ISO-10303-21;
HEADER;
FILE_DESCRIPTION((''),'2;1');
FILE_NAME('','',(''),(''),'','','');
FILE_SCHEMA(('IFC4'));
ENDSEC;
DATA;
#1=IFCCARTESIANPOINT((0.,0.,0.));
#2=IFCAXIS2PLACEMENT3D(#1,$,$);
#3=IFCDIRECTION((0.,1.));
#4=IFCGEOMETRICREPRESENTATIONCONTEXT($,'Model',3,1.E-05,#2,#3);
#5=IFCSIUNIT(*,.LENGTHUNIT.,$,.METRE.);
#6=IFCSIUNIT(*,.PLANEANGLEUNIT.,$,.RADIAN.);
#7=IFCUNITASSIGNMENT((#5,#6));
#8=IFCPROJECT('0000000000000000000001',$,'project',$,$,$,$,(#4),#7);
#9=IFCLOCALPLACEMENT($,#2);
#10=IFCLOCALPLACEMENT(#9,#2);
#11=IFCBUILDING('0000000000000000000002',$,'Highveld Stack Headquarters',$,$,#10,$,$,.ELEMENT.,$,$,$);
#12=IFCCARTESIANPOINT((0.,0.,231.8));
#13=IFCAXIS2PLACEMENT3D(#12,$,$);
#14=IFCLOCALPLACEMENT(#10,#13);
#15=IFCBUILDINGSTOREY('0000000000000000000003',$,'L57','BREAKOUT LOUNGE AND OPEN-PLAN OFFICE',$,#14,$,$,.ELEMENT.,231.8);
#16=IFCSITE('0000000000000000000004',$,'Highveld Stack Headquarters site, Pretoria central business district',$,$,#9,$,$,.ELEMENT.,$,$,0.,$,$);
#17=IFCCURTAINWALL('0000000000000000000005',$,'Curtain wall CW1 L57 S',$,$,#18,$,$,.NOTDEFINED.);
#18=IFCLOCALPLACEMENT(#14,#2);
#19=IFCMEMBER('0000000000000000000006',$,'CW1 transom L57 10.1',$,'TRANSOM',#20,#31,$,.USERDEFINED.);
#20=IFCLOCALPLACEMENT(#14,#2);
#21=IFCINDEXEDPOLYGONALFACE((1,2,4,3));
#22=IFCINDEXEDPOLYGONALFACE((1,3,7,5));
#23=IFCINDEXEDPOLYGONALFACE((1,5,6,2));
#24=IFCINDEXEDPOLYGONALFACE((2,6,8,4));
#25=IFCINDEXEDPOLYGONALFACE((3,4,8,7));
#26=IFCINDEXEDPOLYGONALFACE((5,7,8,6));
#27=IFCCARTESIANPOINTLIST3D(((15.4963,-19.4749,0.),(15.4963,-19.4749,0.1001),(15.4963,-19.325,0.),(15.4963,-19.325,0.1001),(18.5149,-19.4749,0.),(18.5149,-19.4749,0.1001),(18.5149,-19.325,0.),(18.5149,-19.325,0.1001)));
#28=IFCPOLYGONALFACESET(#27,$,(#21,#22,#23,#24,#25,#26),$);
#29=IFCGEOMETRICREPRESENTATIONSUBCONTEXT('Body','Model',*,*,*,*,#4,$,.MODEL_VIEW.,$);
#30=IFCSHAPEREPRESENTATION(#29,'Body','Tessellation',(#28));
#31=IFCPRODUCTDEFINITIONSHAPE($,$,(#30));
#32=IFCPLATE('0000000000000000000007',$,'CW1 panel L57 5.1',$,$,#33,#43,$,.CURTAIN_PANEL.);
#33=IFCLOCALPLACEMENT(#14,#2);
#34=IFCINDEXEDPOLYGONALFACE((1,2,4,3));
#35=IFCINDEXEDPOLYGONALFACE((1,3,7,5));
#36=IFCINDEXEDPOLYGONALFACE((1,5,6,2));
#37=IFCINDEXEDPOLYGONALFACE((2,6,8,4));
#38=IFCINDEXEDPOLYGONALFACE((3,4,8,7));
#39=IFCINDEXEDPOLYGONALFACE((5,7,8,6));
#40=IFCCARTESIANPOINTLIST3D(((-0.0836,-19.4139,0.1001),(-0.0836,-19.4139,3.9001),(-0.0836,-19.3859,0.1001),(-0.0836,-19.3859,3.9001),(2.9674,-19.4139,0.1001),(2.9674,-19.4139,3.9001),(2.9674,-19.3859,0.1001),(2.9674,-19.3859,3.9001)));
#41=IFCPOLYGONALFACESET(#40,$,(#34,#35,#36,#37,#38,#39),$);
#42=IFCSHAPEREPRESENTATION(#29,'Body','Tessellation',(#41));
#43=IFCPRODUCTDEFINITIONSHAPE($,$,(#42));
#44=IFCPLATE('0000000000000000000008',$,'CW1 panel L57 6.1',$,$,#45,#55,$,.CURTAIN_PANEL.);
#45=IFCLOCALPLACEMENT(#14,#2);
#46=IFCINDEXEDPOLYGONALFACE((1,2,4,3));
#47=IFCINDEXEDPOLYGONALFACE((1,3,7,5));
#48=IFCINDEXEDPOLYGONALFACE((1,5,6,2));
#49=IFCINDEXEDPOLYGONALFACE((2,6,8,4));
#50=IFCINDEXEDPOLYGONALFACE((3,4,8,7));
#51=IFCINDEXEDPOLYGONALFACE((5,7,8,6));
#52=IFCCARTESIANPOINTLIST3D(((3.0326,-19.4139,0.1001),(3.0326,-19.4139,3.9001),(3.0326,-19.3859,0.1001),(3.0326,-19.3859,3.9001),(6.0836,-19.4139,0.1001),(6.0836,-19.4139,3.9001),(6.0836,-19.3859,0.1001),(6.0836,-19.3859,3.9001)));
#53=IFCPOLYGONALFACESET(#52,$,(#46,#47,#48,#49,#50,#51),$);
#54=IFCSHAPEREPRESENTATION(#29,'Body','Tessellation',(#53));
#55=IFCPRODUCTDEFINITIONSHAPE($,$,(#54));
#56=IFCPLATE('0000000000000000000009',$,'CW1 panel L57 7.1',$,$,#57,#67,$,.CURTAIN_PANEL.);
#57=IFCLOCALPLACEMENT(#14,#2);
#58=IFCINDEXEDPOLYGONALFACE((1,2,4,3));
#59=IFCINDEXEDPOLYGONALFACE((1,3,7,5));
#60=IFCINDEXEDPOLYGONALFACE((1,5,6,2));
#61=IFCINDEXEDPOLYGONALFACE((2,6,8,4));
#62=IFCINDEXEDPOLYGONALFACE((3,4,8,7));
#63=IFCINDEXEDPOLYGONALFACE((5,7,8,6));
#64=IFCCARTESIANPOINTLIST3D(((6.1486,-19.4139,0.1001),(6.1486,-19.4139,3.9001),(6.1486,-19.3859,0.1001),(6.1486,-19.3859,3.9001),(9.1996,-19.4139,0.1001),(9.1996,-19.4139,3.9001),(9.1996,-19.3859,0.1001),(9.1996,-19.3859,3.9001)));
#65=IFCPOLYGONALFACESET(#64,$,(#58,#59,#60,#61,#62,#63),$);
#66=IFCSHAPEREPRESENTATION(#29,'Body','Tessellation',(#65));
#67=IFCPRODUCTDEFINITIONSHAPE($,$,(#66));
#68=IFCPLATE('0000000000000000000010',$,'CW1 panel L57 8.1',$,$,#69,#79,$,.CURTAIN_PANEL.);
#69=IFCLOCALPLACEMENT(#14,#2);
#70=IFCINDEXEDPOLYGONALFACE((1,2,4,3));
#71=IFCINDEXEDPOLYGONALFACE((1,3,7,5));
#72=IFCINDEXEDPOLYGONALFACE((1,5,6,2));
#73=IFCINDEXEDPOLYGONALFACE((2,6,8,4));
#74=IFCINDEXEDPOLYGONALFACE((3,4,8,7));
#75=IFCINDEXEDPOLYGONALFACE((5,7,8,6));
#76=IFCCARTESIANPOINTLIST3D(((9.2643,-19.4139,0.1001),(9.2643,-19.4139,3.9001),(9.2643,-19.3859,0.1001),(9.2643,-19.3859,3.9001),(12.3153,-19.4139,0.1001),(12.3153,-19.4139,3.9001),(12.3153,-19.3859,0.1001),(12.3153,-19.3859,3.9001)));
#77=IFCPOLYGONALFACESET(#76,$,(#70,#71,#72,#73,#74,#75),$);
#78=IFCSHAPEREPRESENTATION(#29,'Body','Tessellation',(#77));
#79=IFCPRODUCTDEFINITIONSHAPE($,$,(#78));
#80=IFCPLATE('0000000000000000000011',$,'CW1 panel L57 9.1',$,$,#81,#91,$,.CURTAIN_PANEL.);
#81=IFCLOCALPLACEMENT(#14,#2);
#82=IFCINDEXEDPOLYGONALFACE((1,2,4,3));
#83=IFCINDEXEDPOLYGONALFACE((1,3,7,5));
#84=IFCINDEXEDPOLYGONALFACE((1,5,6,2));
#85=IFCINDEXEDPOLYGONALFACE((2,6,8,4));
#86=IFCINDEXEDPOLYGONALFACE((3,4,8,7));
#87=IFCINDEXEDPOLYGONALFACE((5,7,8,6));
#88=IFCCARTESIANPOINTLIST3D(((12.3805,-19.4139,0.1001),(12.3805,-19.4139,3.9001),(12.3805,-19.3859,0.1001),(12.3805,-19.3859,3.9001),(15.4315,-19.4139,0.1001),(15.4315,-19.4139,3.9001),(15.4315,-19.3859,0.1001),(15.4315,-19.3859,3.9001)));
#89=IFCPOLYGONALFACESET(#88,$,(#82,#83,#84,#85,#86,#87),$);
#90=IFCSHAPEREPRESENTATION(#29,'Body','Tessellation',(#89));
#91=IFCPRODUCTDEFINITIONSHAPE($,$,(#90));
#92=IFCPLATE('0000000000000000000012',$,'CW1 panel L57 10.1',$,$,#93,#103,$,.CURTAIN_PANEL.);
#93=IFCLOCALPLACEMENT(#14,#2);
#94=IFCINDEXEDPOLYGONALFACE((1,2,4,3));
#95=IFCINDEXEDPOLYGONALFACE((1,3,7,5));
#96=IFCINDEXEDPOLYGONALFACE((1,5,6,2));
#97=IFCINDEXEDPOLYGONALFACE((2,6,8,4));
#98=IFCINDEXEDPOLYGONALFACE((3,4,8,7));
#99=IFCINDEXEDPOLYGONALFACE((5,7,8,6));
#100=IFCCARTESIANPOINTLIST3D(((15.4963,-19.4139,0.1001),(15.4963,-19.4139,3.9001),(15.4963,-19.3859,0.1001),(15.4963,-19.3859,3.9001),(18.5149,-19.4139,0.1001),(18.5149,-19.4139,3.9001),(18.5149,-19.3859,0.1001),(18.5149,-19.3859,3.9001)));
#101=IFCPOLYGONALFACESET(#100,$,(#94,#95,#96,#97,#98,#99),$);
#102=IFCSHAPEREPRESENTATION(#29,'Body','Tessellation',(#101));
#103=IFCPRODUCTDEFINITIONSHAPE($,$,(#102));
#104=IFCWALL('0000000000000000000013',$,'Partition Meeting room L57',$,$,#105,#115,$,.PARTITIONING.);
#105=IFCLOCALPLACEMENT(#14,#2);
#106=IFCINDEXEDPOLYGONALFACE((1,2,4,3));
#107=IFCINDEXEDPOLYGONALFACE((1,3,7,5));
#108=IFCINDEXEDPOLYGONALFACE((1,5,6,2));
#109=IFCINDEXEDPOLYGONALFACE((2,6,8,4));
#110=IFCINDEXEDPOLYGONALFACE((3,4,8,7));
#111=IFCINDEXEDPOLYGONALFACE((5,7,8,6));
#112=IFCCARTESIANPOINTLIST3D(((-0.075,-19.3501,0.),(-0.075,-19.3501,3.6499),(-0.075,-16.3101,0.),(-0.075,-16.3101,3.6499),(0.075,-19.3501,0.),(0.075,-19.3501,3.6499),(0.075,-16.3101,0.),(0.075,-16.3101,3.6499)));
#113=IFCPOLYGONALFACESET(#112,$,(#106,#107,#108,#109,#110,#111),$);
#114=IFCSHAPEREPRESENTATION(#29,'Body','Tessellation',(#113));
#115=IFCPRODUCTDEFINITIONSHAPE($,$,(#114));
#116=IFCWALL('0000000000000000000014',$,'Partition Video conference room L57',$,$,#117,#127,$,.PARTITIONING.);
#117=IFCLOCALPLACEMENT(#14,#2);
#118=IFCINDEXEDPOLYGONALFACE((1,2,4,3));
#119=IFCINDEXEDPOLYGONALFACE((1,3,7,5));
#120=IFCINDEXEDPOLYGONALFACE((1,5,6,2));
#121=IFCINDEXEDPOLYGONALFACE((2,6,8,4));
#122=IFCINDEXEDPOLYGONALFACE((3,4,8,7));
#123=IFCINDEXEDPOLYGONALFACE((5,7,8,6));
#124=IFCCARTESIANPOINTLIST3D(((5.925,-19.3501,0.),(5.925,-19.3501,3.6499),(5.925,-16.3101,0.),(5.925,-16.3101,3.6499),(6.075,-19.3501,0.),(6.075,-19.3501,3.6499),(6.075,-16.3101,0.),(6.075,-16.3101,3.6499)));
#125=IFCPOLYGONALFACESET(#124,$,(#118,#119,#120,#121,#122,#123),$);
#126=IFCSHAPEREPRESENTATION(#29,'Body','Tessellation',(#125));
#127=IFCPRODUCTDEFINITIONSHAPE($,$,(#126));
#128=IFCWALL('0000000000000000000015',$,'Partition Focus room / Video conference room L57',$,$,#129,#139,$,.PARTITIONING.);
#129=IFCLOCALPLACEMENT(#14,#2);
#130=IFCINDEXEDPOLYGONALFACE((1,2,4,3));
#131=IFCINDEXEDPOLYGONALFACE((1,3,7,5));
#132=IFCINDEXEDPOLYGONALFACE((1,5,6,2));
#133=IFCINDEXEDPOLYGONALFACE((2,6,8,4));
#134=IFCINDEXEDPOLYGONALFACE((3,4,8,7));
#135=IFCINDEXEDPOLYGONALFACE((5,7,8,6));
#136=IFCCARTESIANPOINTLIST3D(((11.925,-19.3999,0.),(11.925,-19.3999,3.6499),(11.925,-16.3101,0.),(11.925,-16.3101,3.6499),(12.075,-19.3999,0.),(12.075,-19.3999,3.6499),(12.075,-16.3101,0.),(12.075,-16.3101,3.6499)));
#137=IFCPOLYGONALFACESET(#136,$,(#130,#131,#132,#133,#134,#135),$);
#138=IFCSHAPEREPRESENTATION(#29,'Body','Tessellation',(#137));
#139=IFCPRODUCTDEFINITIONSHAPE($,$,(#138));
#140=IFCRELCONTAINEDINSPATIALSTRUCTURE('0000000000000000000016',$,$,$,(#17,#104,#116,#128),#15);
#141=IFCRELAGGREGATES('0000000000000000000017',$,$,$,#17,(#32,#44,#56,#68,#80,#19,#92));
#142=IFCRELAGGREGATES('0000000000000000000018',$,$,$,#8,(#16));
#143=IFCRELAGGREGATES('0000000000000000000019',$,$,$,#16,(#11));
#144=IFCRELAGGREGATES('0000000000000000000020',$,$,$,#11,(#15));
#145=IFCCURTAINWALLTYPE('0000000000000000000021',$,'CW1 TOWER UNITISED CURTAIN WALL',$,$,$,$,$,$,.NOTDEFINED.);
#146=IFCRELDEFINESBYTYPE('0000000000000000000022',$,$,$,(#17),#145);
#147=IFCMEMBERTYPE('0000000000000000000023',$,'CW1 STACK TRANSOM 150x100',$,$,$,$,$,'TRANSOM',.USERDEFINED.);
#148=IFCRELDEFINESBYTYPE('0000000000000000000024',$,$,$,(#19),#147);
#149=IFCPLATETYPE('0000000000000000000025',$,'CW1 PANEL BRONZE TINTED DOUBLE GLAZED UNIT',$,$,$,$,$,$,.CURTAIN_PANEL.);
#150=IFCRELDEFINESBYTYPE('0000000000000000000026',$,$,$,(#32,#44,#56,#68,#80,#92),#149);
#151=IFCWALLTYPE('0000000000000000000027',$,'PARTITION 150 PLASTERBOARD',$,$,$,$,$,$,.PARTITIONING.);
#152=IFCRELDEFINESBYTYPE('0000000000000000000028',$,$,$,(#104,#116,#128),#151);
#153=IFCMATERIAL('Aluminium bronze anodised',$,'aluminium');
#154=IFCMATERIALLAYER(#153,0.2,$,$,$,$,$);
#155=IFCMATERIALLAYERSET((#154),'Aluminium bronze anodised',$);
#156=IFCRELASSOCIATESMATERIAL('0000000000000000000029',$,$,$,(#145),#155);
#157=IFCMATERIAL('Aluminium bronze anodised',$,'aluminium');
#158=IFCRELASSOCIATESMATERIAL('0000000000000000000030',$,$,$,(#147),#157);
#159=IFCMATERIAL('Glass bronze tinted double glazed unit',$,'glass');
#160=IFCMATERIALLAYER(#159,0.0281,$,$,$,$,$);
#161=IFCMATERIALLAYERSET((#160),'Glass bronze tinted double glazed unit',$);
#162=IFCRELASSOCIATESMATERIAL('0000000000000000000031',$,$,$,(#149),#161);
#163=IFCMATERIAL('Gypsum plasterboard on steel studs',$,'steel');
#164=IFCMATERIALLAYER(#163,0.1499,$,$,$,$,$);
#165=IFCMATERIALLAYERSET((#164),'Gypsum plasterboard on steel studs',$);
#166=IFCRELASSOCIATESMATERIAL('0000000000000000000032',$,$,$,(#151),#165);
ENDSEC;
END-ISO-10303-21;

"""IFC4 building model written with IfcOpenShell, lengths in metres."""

from ifc_helpers import new_model, si_unit, direction, frame, frame_2d, origin, origin_2d, place, context, subcontext, project, spatial, rectangle, extrude, material, layer, layer_set, material_profile, profile_set, type_object, element, aggregate, save


model = new_model("IFC4")

# Units and contexts
model_context = context("Model", 3, precision=1e-05, world=origin(), true_north=direction((0.0, 1.0)))
body_context = subcontext(model_context, "Body", "Model", "MODEL_VIEW")
ifc_project = project(units=[si_unit("LENGTHUNIT", "METRE"), si_unit("PLANEANGLEUNIT", "RADIAN")], contexts=[model_context])

# Site, building, storey
site_placement = place(None, origin())
site = spatial("IfcSite", under=ifc_project, at=site_placement, Name="Highveld Stack Headquarters site, Pretoria central business district", CompositionType="ELEMENT", RefElevation=0.0)
building_placement = place(site_placement, origin())
building = spatial("IfcBuilding", under=site, at=building_placement, Name="Highveld Stack Headquarters", CompositionType="ELEMENT")
storey_placement = place(building_placement, frame((0.0, 0.0, 231.8)))
storey = spatial("IfcBuildingStorey", under=building, at=storey_placement, Name="L57", Description="BREAKOUT LOUNGE AND OPEN-PLAN OFFICE", CompositionType="ELEMENT", Elevation=231.8)

# Curtain wall, member, plates
ifc_material_1 = material(Name="Aluminium bronze anodised", Category="aluminium")
ifc_layer_1 = layer(ifc_material_1, 0.2)
ifc_layer_set_1 = layer_set([ifc_layer_1], Name="Aluminium bronze anodised")
curtain_wall_type = type_object("IfcCurtainWallType", Name="CW1 TOWER UNITISED CURTAIN WALL", PredefinedType="NOTDEFINED", material=ifc_layer_set_1)
curtain_wall_placement = place(storey_placement, origin())
curtain_wall = element("IfcCurtainWall", 1, at=curtain_wall_placement, inside=storey, type_object=curtain_wall_type, Name="Curtain wall CW1 L57 S", PredefinedType="NOTDEFINED")
ifc_material_2 = material(Name="Aluminium bronze anodised", Category="aluminium")
ifc_material_profile_1 = material_profile(ifc_material_2, rectangle(XDim=0.1499, YDim=0.1001, at=origin_2d()), Name="CW1 TRANSOM 150x100")
ifc_profile_set_1 = profile_set([ifc_material_profile_1], Name="Aluminium bronze anodised")
member_type_1 = type_object("IfcMemberType", Name="CW1 STACK TRANSOM 150x100", ElementType="TRANSOM", PredefinedType="USERDEFINED", material=ifc_profile_set_1)
member_1_placement = place(storey_placement, frame((15.4963, -19.3999, 0.05), z_axis=(1.0, 0.0, 0.0), x_axis=(0.0, 1.0, 0.0)))
member_1 = element("IfcMember", 2, at=member_1_placement, type_object=member_type_1, Name="CW1 transom L57 10.1", ObjectType="TRANSOM", PredefinedType="USERDEFINED", context=body_context, shape_type="SweptSolid", body=[
    extrude(rectangle(XDim=0.1499, YDim=0.1001, at=origin_2d()), origin(), (0.0, 0.0, 1.0), 3.0186),
])
ifc_material_3 = material(Name="Glass bronze tinted double glazed unit", Category="glass")
ifc_layer_2 = layer(ifc_material_3, 0.0281)
ifc_layer_set_2 = layer_set([ifc_layer_2], Name="Glass bronze tinted double glazed unit")
plate_type = type_object("IfcPlateType", Name="CW1 PANEL BRONZE TINTED DOUBLE GLAZED UNIT", PredefinedType="CURTAIN_PANEL", material=ifc_layer_set_2)
plate_1_placement = place(storey_placement, frame((1.4419, -19.3999, 0.1001), z_axis=(0.0, 0.0, 1.0), x_axis=(1.0, 0.0, 0.0)))
plate_1 = element("IfcPlate", 3, at=plate_1_placement, type_object=plate_type, Name="CW1 panel L57 5.1", PredefinedType="CURTAIN_PANEL", context=body_context, shape_type="SweptSolid", body=[
    extrude(rectangle(XDim=3.051, YDim=0.0281, at=origin_2d()), origin(), (0.0, 0.0, 1.0), 3.8),
])
plate_2_placement = place(storey_placement, frame((4.5581, -19.3999, 0.1001), z_axis=(0.0, 0.0, 1.0), x_axis=(1.0, 0.0, 0.0)))
plate_2 = element("IfcPlate", 4, at=plate_2_placement, type_object=plate_type, Name="CW1 panel L57 6.1", PredefinedType="CURTAIN_PANEL", context=body_context, shape_type="SweptSolid", body=[
    extrude(rectangle(XDim=3.051, YDim=0.0281, at=origin_2d()), origin(), (0.0, 0.0, 1.0), 3.8),
])
plate_3_placement = place(storey_placement, frame((7.6741, -19.3999, 0.1001), z_axis=(0.0, 0.0, 1.0), x_axis=(1.0, 0.0, 0.0)))
plate_3 = element("IfcPlate", 5, at=plate_3_placement, type_object=plate_type, Name="CW1 panel L57 7.1", PredefinedType="CURTAIN_PANEL", context=body_context, shape_type="SweptSolid", body=[
    extrude(rectangle(XDim=3.051, YDim=0.0281, at=origin_2d()), origin(), (0.0, 0.0, 1.0), 3.8),
])
plate_4_placement = place(storey_placement, frame((10.7898, -19.3999, 0.1001), z_axis=(0.0, 0.0, 1.0), x_axis=(1.0, 0.0, 0.0)))
plate_4 = element("IfcPlate", 6, at=plate_4_placement, type_object=plate_type, Name="CW1 panel L57 8.1", PredefinedType="CURTAIN_PANEL", context=body_context, shape_type="SweptSolid", body=[
    extrude(rectangle(XDim=3.051, YDim=0.0281, at=origin_2d()), origin(), (0.0, 0.0, 1.0), 3.8),
])
plate_5_placement = place(storey_placement, frame((13.906, -19.3999, 0.1001), z_axis=(0.0, 0.0, 1.0), x_axis=(1.0, 0.0, 0.0)))
plate_5 = element("IfcPlate", 7, at=plate_5_placement, type_object=plate_type, Name="CW1 panel L57 9.1", PredefinedType="CURTAIN_PANEL", context=body_context, shape_type="SweptSolid", body=[
    extrude(rectangle(XDim=3.051, YDim=0.0281, at=origin_2d()), origin(), (0.0, 0.0, 1.0), 3.8),
])
plate_6_placement = place(storey_placement, frame((17.0056, -19.3999, 0.1001), z_axis=(0.0, 0.0, 1.0), x_axis=(1.0, 0.0, 0.0)))
plate_6 = element("IfcPlate", 8, at=plate_6_placement, type_object=plate_type, Name="CW1 panel L57 10.1", PredefinedType="CURTAIN_PANEL", context=body_context, shape_type="SweptSolid", body=[
    extrude(rectangle(XDim=3.0186, YDim=0.0281, at=origin_2d()), origin(), (0.0, 0.0, 1.0), 3.8),
])
aggregate(curtain_wall, [plate_1, plate_2, plate_3, plate_4, plate_5, member_1, plate_6])

# Walls
ifc_material_4 = material(Name="Gypsum plasterboard on steel studs", Category="steel")
ifc_layer_3 = layer(ifc_material_4, 0.1499)
ifc_layer_set_3 = layer_set([ifc_layer_3], Name="Gypsum plasterboard on steel studs")
wall_type = type_object("IfcWallType", Name="PARTITION 150 PLASTERBOARD", PredefinedType="PARTITIONING", material=ifc_layer_set_3)
for number, where, z_axis, x_axis, name in (
    (9, (0.0, -19.3501, 0.0), (0.0, 0.0, 1.0), (0.0, 1.0, 0.0), "Partition Meeting room L57"),
    (10, (6.0, -19.3501, 0.0), (0.0, 0.0, 1.0), (0.0, 1.0, 0.0), "Partition Video conference room L57"),
):
    element("IfcWall", number, at=place(storey_placement, frame(where, z_axis=z_axis, x_axis=x_axis)), inside=storey, type_object=wall_type, Name=name, PredefinedType="PARTITIONING", context=body_context, shape_type="SweptSolid", body=[
        extrude(rectangle(XDim=3.04, YDim=0.1499, at=frame_2d((1.52, 0.0))), origin(), (0.0, 0.0, 1.0), 3.6499),
    ])
wall_placement = place(storey_placement, frame((12.0, -19.3999, 0.0), z_axis=(0.0, 0.0, 1.0), x_axis=(0.0, 1.0, 0.0)))
element("IfcWall", 11, at=wall_placement, inside=storey, type_object=wall_type, Name="Partition Focus room / Video conference room L57", PredefinedType="PARTITIONING", context=body_context, shape_type="SweptSolid", body=[
    extrude(rectangle(XDim=3.0898, YDim=0.1499, at=frame_2d((1.5449, 0.0))), origin(), (0.0, 0.0, 1.0), 3.6499),
])

save(model, "model.ifc")
